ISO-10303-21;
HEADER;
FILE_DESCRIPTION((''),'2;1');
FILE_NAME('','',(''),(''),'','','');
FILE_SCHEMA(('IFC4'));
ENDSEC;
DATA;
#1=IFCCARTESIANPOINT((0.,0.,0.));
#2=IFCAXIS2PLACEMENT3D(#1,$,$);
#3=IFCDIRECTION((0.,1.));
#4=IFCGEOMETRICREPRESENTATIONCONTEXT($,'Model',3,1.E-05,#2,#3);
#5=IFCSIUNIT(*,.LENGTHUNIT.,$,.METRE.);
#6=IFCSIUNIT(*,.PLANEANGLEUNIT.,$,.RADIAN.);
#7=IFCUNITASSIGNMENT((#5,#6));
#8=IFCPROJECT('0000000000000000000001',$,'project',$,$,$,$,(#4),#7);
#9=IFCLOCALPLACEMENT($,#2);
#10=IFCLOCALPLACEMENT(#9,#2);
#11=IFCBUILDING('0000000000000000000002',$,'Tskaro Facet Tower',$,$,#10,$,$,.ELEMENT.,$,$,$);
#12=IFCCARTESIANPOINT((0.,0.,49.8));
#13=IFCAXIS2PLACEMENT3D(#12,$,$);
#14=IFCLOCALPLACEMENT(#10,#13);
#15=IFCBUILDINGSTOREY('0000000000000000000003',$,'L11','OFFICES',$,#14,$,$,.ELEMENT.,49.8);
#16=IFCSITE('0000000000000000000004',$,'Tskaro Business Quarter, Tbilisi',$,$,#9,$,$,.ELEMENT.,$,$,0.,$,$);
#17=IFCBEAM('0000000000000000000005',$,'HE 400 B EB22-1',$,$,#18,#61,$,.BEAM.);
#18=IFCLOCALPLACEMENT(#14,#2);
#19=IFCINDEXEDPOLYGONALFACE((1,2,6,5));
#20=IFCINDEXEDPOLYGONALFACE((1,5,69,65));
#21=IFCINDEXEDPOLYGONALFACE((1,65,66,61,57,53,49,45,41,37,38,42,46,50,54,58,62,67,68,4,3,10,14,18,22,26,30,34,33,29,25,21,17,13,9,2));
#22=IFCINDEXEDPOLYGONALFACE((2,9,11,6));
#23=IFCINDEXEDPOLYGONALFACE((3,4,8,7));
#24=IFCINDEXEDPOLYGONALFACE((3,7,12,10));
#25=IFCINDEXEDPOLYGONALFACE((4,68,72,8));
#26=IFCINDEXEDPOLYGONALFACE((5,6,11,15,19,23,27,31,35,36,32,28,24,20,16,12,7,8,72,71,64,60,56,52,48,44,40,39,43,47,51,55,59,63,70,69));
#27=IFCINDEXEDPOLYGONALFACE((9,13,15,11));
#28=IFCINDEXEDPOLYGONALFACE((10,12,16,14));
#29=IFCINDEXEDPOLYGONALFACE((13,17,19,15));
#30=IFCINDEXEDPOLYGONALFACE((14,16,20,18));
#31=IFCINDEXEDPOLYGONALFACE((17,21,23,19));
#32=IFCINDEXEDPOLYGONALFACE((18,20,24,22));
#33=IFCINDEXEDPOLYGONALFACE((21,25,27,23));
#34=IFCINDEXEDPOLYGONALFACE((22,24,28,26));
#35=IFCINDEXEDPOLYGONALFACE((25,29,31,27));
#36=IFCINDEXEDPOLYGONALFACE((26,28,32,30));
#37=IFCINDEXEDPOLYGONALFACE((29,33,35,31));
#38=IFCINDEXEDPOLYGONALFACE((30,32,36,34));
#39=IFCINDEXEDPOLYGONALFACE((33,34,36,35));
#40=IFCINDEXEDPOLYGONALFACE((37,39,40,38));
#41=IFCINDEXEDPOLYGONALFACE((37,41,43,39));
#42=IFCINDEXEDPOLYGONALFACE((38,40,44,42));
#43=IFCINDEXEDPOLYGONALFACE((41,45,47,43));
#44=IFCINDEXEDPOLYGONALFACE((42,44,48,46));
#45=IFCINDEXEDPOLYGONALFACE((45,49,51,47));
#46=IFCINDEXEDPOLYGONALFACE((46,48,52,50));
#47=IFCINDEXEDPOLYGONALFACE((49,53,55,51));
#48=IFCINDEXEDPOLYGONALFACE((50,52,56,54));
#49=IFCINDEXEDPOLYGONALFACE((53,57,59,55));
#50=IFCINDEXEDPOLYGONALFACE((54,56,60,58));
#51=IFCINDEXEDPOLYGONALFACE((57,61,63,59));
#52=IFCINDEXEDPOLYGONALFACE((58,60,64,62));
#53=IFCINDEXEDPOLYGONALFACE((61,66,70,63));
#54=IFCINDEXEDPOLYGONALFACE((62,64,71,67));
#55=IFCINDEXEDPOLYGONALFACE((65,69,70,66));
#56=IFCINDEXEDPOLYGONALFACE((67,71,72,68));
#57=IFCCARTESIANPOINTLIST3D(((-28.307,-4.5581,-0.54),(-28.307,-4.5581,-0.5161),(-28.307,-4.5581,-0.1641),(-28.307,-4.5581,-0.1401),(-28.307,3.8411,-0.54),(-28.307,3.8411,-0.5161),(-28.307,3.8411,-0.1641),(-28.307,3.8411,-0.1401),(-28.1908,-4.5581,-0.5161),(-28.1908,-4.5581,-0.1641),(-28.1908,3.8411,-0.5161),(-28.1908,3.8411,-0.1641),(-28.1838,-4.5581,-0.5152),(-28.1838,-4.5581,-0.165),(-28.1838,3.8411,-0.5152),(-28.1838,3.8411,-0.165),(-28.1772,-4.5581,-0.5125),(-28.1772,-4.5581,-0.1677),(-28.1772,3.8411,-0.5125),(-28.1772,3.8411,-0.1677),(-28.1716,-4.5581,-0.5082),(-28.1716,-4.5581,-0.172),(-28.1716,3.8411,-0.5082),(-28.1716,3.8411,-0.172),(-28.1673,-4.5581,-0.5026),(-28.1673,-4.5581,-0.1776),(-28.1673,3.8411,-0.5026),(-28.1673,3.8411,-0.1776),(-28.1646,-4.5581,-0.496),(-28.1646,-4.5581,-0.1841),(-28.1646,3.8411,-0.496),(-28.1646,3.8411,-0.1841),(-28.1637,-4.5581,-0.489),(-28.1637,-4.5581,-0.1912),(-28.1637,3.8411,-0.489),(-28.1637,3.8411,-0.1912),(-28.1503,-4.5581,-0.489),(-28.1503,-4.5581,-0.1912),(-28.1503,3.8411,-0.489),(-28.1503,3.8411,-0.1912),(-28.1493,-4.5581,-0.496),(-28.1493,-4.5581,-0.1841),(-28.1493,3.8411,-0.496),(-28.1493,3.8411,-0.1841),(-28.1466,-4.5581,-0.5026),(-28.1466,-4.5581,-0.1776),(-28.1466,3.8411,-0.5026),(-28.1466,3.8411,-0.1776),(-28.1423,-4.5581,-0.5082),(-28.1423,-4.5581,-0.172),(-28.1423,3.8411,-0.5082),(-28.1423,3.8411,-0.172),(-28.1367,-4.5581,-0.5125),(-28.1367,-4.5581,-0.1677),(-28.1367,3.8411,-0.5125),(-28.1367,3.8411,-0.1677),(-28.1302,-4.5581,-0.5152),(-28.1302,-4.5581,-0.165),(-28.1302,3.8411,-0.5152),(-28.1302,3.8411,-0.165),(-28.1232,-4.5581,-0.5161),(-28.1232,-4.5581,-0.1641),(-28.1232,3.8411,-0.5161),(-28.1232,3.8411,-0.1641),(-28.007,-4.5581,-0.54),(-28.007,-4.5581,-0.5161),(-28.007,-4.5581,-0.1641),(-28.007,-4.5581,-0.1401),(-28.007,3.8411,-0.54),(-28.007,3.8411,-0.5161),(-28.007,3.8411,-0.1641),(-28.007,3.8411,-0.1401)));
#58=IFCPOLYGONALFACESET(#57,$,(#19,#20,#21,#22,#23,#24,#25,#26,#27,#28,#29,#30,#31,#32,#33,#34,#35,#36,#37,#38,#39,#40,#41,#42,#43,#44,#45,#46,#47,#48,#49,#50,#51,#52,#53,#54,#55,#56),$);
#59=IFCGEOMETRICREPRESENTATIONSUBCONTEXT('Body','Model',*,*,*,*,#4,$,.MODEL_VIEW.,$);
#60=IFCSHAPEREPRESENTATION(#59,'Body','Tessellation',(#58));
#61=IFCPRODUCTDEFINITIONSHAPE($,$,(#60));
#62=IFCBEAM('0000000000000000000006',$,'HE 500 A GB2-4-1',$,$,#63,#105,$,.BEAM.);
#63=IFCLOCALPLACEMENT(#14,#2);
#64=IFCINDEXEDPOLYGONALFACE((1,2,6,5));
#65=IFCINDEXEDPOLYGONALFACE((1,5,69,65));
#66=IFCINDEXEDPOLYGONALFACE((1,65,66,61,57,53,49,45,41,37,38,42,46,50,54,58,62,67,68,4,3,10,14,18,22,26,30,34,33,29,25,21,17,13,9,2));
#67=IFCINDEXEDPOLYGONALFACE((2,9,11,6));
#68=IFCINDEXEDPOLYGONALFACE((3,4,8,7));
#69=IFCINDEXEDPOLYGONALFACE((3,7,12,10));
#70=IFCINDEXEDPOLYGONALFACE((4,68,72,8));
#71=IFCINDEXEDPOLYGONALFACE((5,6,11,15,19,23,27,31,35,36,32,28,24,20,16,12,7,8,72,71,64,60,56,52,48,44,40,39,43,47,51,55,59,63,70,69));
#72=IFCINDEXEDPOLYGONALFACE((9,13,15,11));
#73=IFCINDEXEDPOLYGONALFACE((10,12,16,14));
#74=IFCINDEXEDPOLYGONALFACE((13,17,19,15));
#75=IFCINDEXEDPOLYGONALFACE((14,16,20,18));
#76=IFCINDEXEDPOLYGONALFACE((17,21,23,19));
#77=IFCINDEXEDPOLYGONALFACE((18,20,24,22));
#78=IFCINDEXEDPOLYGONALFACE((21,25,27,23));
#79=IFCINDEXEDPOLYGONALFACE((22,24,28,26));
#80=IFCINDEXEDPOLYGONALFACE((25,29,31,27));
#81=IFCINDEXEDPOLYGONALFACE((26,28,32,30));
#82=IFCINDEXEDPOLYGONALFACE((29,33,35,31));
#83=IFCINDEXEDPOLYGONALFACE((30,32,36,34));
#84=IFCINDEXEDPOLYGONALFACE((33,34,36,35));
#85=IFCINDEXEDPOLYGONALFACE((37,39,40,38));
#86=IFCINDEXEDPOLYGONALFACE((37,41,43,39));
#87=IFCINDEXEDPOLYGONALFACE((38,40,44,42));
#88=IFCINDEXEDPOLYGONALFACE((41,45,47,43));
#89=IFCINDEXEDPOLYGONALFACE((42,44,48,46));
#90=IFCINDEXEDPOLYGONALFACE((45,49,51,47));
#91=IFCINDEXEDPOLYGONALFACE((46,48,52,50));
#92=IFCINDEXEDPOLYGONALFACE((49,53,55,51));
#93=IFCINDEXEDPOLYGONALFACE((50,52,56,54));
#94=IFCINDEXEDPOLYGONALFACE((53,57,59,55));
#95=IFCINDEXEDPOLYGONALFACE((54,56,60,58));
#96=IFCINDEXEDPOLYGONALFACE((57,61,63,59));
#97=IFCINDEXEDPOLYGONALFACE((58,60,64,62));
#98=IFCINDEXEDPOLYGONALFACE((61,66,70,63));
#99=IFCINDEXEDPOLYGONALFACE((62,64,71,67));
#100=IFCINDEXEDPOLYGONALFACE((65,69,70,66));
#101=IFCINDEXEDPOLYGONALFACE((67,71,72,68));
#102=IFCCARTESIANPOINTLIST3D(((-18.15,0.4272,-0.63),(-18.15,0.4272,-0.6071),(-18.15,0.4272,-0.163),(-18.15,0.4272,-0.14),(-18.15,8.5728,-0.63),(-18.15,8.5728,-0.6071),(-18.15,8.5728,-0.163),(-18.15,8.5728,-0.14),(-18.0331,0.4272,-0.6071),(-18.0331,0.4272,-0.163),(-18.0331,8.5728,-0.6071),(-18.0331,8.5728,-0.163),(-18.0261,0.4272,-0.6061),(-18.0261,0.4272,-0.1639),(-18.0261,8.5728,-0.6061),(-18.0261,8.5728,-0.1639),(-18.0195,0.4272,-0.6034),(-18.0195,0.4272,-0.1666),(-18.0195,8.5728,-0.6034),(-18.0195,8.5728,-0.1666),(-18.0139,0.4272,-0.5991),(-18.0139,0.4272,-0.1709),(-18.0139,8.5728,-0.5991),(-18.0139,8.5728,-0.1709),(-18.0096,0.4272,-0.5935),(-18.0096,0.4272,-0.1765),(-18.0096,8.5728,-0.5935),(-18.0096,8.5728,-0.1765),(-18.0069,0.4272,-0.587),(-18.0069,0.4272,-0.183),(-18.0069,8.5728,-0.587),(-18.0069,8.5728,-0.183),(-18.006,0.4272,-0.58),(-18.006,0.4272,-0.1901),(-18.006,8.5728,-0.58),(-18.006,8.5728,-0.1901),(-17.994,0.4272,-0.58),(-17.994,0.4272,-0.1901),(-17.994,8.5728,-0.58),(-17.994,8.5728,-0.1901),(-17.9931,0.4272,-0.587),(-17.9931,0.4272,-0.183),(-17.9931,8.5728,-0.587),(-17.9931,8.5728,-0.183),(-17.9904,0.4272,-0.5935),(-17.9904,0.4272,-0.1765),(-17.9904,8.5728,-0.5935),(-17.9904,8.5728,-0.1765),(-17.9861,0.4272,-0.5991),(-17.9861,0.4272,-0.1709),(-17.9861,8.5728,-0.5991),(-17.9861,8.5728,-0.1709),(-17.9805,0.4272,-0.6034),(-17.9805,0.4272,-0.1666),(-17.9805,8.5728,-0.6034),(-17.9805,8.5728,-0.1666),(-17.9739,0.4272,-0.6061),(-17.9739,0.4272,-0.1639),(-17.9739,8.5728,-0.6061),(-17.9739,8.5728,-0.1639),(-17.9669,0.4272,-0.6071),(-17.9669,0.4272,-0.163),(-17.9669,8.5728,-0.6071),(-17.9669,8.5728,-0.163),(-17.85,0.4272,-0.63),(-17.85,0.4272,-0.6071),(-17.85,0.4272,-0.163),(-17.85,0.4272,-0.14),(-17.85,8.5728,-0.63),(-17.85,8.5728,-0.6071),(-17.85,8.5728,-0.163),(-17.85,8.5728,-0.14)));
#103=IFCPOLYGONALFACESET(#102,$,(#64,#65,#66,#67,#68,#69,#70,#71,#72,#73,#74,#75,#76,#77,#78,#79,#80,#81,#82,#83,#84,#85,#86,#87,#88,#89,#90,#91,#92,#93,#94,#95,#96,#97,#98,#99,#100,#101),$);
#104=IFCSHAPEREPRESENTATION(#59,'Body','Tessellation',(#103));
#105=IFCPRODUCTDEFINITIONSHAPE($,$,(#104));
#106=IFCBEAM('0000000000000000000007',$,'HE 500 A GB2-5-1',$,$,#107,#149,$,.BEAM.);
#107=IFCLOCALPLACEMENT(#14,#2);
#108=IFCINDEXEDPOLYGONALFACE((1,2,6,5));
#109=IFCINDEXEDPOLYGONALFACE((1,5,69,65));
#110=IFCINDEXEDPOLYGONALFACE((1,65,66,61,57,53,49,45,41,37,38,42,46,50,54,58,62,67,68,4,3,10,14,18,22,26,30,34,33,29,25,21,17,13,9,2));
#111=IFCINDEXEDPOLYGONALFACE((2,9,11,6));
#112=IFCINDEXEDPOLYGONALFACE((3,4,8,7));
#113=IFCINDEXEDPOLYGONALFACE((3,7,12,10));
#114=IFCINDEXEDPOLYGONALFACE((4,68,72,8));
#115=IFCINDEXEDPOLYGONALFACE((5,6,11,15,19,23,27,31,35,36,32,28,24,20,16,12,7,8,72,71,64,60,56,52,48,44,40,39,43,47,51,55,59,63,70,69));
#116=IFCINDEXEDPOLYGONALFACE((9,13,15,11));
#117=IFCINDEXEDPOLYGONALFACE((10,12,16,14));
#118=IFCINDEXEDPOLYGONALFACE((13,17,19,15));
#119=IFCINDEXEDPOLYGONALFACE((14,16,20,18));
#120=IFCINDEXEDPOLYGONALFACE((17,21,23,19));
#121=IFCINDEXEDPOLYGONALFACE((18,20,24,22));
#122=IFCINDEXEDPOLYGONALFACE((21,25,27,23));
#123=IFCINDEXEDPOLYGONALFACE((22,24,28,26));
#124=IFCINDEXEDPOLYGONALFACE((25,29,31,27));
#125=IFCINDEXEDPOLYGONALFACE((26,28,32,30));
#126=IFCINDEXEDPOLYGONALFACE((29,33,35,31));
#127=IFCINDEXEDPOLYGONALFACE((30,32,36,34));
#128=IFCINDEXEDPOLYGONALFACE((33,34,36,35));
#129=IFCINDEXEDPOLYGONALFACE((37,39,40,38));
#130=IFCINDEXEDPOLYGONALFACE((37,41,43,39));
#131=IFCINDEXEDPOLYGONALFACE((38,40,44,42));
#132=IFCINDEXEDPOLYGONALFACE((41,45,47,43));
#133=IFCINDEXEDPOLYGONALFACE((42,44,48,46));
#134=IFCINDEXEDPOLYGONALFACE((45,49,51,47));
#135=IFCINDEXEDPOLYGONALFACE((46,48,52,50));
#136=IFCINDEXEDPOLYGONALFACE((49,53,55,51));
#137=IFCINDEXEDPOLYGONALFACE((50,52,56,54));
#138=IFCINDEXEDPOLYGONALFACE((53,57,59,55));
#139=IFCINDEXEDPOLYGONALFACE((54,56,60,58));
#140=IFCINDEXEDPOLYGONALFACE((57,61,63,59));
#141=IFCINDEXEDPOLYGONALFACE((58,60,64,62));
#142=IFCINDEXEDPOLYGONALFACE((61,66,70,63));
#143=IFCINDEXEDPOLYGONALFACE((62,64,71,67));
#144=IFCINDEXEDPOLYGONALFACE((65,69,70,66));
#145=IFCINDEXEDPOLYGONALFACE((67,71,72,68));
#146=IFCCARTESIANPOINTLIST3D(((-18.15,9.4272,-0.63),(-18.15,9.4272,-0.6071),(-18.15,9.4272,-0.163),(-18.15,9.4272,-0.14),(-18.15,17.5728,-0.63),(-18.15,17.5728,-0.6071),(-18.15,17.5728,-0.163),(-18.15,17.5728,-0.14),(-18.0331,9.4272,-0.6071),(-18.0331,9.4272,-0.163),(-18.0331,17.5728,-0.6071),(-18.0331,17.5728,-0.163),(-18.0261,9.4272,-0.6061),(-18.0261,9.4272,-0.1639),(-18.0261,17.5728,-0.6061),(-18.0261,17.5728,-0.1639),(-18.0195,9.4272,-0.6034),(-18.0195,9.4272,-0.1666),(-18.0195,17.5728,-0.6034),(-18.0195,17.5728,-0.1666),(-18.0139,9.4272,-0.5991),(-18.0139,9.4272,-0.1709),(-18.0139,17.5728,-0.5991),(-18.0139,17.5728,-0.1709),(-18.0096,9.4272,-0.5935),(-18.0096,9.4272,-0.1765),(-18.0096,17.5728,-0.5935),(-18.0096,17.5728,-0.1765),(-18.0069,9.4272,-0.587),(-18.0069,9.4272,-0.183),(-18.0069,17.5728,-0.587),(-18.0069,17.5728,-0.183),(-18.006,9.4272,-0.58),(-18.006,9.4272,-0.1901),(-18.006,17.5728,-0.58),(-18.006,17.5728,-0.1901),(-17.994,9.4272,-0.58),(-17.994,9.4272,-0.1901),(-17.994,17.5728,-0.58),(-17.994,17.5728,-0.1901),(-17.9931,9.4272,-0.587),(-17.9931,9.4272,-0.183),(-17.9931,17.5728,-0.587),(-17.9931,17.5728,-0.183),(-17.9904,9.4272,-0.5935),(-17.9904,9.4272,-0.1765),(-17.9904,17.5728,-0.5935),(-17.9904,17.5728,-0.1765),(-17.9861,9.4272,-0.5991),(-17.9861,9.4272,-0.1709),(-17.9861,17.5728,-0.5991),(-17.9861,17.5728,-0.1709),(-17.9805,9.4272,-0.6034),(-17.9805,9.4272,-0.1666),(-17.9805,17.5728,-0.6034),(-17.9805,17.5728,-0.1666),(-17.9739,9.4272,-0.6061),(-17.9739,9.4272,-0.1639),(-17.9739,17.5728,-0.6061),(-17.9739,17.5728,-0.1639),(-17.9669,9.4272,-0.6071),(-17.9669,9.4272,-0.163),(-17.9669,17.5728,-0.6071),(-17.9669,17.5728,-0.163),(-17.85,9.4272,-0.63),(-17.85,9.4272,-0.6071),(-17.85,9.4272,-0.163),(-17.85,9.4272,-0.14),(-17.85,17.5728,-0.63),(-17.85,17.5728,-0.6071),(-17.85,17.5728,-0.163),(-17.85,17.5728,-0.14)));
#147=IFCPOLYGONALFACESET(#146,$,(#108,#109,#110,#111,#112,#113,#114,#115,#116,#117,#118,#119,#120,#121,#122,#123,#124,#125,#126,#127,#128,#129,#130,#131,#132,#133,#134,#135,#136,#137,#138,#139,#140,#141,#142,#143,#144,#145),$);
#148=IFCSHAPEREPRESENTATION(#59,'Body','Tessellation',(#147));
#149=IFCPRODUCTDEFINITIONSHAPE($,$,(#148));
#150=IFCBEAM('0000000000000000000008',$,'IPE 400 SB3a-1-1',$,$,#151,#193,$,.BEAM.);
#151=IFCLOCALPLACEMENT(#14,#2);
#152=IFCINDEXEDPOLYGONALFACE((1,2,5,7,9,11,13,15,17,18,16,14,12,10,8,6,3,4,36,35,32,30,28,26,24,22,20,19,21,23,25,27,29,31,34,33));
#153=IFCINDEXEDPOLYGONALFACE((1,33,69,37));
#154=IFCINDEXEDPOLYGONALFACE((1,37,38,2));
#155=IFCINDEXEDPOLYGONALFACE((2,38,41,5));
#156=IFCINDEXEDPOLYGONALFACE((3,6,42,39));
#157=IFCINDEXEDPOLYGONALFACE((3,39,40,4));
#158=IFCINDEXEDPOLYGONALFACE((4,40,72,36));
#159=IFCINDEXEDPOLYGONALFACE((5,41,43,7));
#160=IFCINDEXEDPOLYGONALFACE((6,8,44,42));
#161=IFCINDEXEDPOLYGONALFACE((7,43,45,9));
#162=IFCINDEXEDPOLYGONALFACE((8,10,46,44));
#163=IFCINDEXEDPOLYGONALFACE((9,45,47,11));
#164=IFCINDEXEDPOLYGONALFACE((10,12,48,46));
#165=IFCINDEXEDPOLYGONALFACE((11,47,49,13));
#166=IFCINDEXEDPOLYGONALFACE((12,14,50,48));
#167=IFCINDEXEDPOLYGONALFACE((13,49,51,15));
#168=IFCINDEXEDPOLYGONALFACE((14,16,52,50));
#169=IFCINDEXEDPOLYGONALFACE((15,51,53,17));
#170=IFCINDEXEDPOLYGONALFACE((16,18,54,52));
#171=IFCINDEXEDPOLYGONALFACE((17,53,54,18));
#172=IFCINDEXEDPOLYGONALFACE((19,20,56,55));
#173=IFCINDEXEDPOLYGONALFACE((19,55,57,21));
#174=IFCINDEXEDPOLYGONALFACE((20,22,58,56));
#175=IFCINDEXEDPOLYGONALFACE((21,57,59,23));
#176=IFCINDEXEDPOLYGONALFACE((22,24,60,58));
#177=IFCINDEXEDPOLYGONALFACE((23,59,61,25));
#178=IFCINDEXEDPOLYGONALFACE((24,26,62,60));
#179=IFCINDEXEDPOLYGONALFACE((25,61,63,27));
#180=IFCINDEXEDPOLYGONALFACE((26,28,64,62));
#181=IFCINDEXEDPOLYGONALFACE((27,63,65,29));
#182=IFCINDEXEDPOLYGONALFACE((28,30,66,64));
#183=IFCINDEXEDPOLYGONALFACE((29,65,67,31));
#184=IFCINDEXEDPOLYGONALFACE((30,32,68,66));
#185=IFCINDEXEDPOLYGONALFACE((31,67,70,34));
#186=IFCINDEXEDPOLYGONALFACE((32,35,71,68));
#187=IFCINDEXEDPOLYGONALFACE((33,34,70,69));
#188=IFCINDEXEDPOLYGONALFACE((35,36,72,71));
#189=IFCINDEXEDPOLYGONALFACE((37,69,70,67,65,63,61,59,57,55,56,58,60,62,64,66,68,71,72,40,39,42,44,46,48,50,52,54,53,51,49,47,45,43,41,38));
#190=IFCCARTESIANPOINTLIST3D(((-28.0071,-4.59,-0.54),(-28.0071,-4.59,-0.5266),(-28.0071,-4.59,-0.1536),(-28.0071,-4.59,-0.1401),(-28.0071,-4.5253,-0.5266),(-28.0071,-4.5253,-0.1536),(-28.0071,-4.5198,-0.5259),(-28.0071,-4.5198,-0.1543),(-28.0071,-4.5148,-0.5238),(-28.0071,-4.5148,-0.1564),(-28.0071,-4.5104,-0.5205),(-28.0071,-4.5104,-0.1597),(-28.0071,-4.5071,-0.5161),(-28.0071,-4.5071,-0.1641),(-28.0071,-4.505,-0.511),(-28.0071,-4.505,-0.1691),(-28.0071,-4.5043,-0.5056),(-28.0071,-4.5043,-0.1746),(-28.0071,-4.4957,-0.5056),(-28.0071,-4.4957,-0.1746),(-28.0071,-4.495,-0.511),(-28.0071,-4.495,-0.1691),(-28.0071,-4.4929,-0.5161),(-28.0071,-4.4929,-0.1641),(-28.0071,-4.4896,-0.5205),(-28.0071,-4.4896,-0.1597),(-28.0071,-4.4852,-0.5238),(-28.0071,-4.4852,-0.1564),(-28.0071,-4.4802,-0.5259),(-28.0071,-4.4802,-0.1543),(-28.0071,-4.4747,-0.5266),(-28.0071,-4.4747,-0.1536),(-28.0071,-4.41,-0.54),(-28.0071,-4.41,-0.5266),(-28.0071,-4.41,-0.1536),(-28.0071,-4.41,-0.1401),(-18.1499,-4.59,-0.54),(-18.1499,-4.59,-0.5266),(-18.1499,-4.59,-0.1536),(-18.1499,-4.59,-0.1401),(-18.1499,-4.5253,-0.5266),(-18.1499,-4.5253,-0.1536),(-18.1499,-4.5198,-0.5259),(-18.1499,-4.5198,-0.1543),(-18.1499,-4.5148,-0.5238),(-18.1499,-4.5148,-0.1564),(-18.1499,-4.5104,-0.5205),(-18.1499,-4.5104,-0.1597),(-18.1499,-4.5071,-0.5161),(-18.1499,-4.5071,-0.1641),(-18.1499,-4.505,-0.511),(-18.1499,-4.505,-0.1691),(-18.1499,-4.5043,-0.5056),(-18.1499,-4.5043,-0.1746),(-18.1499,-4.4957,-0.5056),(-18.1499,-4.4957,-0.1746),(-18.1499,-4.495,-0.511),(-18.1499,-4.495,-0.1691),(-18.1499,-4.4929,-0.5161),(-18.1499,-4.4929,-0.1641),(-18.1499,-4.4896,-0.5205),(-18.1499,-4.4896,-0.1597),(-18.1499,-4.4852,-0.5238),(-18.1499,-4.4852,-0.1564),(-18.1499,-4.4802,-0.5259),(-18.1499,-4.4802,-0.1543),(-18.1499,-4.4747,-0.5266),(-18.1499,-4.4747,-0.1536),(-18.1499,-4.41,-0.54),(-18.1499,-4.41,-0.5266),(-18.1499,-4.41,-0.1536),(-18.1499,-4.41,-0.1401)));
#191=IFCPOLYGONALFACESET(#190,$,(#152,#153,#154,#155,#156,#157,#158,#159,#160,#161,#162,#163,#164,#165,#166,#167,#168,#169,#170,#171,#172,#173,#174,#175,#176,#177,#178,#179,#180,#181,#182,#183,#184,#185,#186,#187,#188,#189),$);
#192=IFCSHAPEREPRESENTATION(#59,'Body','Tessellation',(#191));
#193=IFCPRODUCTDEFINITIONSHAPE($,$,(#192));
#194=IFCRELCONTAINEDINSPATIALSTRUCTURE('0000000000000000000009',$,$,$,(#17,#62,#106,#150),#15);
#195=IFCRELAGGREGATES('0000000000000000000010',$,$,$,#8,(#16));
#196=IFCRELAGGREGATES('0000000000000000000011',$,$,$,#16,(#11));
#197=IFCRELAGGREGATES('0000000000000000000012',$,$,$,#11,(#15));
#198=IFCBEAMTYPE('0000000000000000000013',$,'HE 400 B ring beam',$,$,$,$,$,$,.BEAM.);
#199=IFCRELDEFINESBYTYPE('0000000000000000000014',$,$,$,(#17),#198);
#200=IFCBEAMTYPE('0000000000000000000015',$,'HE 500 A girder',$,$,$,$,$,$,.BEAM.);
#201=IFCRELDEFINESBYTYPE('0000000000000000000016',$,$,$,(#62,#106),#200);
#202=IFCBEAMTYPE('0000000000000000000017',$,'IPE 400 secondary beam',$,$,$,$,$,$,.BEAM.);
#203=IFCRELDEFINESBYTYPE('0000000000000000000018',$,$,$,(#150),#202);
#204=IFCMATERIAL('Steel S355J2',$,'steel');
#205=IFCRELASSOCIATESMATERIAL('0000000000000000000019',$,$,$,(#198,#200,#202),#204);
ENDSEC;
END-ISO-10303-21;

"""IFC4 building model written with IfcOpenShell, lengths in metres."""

from ifc_helpers import new_model, si_unit, direction, frame, origin, origin_2d, place, context, subcontext, project, spatial, i_section, extrude, material, material_profile, profile_set, type_object, element, save


model = new_model("IFC4")

# Units and contexts
model_context = context("Model", 3, precision=1e-05, world=origin(), true_north=direction((0.0, 1.0)))
body_context = subcontext(model_context, "Body", "Model", "MODEL_VIEW")
ifc_project = project(units=[si_unit("LENGTHUNIT", "METRE"), si_unit("PLANEANGLEUNIT", "RADIAN")], contexts=[model_context])

# Site, building, storey
site_placement = place(None, origin())
site = spatial("IfcSite", under=ifc_project, at=site_placement, Name="Tskaro Business Quarter, Tbilisi", CompositionType="ELEMENT", RefElevation=0.0)
building_placement = place(site_placement, origin())
building = spatial("IfcBuilding", under=site, at=building_placement, Name="Tskaro Facet Tower", CompositionType="ELEMENT")
storey_placement = place(building_placement, frame((0.0, 0.0, 49.8)))
storey = spatial("IfcBuildingStorey", under=building, at=storey_placement, Name="L11", Description="OFFICES", CompositionType="ELEMENT", Elevation=49.8)

# Beams
ifc_material_1 = material(Name="Steel S355J2", Category="steel")
ifc_material_profile_1 = material_profile(ifc_material_1, i_section(OverallWidth=0.3, OverallDepth=0.3999, WebThickness=0.0134, FlangeThickness=0.0239, FilletRadius=0.0271, at=origin_2d()), Name="HE 400 B")
ifc_profile_set_1 = profile_set([ifc_material_profile_1], Name="Steel S355J2")
beam_type_1 = type_object("IfcBeamType", Name="HE 400 B ring beam", PredefinedType="BEAM", material=ifc_profile_set_1)
beam_placement = place(storey_placement, frame((-28.157, 3.8411, -0.3401), z_axis=(0.0, -1.0, 0.0), x_axis=(1.0, 0.0, 0.0)))
element("IfcBeam", 1, at=beam_placement, inside=storey, type_object=beam_type_1, Name="HE 400 B EB22-1", PredefinedType="BEAM", context=body_context, shape_type="SweptSolid", body=[
    extrude(i_section(OverallWidth=0.3, OverallDepth=0.3999, WebThickness=0.0134, FlangeThickness=0.0239, FilletRadius=0.0271, at=origin_2d()), origin(), (0.0, 0.0, 1.0), 8.3992),
])
ifc_material_profile_2 = material_profile(ifc_material_1, i_section(OverallWidth=0.3, OverallDepth=0.49, WebThickness=0.012, FlangeThickness=0.0229, FilletRadius=0.0271, at=origin_2d()), Name="HE 500 A")
ifc_profile_set_2 = profile_set([ifc_material_profile_2], Name="Steel S355J2")
beam_type_2 = type_object("IfcBeamType", Name="HE 500 A girder", PredefinedType="BEAM", material=ifc_profile_set_2)
for number, where, z_axis, x_axis, name in (
    (2, (-18.0, 0.4272, -0.385), (0.0, 1.0, 0.0), (-1.0, 0.0, 0.0), "HE 500 A GB2-4-1"),
    (3, (-18.0, 9.4272, -0.385), (0.0, 1.0, 0.0), (-1.0, 0.0, 0.0), "HE 500 A GB2-5-1"),
):
    element("IfcBeam", number, at=place(storey_placement, frame(where, z_axis=z_axis, x_axis=x_axis)), inside=storey, type_object=beam_type_2, Name=name, PredefinedType="BEAM", context=body_context, shape_type="SweptSolid", body=[
        extrude(i_section(OverallWidth=0.3, OverallDepth=0.49, WebThickness=0.012, FlangeThickness=0.0229, FilletRadius=0.0271, at=origin_2d()), origin(), (0.0, 0.0, 1.0), 8.1455),
    ])
ifc_material_profile_3 = material_profile(ifc_material_1, i_section(OverallWidth=0.1799, OverallDepth=0.3999, WebThickness=0.0085, FlangeThickness=0.0134, FilletRadius=0.021, at=origin_2d()), Name="IPE 400")
ifc_profile_set_3 = profile_set([ifc_material_profile_3], Name="Steel S355J2")
beam_type_3 = type_object("IfcBeamType", Name="IPE 400 secondary beam", PredefinedType="BEAM", material=ifc_profile_set_3)
for number, where, z_axis, x_axis, name in (
    (4, (-28.0071, -4.5, -0.3401), (1.0, 0.0, 0.0), (0.0, 1.0, 0.0), "IPE 400 SB3a-1-1"),
):
    element("IfcBeam", number, at=place(storey_placement, frame(where, z_axis=z_axis, x_axis=x_axis)), inside=storey, type_object=beam_type_3, Name=name, PredefinedType="BEAM", context=body_context, shape_type="SweptSolid", body=[
        extrude(i_section(OverallWidth=0.1799, OverallDepth=0.3999, WebThickness=0.0085, FlangeThickness=0.0134, FilletRadius=0.021, at=origin_2d()), origin(), (0.0, 0.0, 1.0), 9.8572),
    ])

save(model, "model.ifc")
